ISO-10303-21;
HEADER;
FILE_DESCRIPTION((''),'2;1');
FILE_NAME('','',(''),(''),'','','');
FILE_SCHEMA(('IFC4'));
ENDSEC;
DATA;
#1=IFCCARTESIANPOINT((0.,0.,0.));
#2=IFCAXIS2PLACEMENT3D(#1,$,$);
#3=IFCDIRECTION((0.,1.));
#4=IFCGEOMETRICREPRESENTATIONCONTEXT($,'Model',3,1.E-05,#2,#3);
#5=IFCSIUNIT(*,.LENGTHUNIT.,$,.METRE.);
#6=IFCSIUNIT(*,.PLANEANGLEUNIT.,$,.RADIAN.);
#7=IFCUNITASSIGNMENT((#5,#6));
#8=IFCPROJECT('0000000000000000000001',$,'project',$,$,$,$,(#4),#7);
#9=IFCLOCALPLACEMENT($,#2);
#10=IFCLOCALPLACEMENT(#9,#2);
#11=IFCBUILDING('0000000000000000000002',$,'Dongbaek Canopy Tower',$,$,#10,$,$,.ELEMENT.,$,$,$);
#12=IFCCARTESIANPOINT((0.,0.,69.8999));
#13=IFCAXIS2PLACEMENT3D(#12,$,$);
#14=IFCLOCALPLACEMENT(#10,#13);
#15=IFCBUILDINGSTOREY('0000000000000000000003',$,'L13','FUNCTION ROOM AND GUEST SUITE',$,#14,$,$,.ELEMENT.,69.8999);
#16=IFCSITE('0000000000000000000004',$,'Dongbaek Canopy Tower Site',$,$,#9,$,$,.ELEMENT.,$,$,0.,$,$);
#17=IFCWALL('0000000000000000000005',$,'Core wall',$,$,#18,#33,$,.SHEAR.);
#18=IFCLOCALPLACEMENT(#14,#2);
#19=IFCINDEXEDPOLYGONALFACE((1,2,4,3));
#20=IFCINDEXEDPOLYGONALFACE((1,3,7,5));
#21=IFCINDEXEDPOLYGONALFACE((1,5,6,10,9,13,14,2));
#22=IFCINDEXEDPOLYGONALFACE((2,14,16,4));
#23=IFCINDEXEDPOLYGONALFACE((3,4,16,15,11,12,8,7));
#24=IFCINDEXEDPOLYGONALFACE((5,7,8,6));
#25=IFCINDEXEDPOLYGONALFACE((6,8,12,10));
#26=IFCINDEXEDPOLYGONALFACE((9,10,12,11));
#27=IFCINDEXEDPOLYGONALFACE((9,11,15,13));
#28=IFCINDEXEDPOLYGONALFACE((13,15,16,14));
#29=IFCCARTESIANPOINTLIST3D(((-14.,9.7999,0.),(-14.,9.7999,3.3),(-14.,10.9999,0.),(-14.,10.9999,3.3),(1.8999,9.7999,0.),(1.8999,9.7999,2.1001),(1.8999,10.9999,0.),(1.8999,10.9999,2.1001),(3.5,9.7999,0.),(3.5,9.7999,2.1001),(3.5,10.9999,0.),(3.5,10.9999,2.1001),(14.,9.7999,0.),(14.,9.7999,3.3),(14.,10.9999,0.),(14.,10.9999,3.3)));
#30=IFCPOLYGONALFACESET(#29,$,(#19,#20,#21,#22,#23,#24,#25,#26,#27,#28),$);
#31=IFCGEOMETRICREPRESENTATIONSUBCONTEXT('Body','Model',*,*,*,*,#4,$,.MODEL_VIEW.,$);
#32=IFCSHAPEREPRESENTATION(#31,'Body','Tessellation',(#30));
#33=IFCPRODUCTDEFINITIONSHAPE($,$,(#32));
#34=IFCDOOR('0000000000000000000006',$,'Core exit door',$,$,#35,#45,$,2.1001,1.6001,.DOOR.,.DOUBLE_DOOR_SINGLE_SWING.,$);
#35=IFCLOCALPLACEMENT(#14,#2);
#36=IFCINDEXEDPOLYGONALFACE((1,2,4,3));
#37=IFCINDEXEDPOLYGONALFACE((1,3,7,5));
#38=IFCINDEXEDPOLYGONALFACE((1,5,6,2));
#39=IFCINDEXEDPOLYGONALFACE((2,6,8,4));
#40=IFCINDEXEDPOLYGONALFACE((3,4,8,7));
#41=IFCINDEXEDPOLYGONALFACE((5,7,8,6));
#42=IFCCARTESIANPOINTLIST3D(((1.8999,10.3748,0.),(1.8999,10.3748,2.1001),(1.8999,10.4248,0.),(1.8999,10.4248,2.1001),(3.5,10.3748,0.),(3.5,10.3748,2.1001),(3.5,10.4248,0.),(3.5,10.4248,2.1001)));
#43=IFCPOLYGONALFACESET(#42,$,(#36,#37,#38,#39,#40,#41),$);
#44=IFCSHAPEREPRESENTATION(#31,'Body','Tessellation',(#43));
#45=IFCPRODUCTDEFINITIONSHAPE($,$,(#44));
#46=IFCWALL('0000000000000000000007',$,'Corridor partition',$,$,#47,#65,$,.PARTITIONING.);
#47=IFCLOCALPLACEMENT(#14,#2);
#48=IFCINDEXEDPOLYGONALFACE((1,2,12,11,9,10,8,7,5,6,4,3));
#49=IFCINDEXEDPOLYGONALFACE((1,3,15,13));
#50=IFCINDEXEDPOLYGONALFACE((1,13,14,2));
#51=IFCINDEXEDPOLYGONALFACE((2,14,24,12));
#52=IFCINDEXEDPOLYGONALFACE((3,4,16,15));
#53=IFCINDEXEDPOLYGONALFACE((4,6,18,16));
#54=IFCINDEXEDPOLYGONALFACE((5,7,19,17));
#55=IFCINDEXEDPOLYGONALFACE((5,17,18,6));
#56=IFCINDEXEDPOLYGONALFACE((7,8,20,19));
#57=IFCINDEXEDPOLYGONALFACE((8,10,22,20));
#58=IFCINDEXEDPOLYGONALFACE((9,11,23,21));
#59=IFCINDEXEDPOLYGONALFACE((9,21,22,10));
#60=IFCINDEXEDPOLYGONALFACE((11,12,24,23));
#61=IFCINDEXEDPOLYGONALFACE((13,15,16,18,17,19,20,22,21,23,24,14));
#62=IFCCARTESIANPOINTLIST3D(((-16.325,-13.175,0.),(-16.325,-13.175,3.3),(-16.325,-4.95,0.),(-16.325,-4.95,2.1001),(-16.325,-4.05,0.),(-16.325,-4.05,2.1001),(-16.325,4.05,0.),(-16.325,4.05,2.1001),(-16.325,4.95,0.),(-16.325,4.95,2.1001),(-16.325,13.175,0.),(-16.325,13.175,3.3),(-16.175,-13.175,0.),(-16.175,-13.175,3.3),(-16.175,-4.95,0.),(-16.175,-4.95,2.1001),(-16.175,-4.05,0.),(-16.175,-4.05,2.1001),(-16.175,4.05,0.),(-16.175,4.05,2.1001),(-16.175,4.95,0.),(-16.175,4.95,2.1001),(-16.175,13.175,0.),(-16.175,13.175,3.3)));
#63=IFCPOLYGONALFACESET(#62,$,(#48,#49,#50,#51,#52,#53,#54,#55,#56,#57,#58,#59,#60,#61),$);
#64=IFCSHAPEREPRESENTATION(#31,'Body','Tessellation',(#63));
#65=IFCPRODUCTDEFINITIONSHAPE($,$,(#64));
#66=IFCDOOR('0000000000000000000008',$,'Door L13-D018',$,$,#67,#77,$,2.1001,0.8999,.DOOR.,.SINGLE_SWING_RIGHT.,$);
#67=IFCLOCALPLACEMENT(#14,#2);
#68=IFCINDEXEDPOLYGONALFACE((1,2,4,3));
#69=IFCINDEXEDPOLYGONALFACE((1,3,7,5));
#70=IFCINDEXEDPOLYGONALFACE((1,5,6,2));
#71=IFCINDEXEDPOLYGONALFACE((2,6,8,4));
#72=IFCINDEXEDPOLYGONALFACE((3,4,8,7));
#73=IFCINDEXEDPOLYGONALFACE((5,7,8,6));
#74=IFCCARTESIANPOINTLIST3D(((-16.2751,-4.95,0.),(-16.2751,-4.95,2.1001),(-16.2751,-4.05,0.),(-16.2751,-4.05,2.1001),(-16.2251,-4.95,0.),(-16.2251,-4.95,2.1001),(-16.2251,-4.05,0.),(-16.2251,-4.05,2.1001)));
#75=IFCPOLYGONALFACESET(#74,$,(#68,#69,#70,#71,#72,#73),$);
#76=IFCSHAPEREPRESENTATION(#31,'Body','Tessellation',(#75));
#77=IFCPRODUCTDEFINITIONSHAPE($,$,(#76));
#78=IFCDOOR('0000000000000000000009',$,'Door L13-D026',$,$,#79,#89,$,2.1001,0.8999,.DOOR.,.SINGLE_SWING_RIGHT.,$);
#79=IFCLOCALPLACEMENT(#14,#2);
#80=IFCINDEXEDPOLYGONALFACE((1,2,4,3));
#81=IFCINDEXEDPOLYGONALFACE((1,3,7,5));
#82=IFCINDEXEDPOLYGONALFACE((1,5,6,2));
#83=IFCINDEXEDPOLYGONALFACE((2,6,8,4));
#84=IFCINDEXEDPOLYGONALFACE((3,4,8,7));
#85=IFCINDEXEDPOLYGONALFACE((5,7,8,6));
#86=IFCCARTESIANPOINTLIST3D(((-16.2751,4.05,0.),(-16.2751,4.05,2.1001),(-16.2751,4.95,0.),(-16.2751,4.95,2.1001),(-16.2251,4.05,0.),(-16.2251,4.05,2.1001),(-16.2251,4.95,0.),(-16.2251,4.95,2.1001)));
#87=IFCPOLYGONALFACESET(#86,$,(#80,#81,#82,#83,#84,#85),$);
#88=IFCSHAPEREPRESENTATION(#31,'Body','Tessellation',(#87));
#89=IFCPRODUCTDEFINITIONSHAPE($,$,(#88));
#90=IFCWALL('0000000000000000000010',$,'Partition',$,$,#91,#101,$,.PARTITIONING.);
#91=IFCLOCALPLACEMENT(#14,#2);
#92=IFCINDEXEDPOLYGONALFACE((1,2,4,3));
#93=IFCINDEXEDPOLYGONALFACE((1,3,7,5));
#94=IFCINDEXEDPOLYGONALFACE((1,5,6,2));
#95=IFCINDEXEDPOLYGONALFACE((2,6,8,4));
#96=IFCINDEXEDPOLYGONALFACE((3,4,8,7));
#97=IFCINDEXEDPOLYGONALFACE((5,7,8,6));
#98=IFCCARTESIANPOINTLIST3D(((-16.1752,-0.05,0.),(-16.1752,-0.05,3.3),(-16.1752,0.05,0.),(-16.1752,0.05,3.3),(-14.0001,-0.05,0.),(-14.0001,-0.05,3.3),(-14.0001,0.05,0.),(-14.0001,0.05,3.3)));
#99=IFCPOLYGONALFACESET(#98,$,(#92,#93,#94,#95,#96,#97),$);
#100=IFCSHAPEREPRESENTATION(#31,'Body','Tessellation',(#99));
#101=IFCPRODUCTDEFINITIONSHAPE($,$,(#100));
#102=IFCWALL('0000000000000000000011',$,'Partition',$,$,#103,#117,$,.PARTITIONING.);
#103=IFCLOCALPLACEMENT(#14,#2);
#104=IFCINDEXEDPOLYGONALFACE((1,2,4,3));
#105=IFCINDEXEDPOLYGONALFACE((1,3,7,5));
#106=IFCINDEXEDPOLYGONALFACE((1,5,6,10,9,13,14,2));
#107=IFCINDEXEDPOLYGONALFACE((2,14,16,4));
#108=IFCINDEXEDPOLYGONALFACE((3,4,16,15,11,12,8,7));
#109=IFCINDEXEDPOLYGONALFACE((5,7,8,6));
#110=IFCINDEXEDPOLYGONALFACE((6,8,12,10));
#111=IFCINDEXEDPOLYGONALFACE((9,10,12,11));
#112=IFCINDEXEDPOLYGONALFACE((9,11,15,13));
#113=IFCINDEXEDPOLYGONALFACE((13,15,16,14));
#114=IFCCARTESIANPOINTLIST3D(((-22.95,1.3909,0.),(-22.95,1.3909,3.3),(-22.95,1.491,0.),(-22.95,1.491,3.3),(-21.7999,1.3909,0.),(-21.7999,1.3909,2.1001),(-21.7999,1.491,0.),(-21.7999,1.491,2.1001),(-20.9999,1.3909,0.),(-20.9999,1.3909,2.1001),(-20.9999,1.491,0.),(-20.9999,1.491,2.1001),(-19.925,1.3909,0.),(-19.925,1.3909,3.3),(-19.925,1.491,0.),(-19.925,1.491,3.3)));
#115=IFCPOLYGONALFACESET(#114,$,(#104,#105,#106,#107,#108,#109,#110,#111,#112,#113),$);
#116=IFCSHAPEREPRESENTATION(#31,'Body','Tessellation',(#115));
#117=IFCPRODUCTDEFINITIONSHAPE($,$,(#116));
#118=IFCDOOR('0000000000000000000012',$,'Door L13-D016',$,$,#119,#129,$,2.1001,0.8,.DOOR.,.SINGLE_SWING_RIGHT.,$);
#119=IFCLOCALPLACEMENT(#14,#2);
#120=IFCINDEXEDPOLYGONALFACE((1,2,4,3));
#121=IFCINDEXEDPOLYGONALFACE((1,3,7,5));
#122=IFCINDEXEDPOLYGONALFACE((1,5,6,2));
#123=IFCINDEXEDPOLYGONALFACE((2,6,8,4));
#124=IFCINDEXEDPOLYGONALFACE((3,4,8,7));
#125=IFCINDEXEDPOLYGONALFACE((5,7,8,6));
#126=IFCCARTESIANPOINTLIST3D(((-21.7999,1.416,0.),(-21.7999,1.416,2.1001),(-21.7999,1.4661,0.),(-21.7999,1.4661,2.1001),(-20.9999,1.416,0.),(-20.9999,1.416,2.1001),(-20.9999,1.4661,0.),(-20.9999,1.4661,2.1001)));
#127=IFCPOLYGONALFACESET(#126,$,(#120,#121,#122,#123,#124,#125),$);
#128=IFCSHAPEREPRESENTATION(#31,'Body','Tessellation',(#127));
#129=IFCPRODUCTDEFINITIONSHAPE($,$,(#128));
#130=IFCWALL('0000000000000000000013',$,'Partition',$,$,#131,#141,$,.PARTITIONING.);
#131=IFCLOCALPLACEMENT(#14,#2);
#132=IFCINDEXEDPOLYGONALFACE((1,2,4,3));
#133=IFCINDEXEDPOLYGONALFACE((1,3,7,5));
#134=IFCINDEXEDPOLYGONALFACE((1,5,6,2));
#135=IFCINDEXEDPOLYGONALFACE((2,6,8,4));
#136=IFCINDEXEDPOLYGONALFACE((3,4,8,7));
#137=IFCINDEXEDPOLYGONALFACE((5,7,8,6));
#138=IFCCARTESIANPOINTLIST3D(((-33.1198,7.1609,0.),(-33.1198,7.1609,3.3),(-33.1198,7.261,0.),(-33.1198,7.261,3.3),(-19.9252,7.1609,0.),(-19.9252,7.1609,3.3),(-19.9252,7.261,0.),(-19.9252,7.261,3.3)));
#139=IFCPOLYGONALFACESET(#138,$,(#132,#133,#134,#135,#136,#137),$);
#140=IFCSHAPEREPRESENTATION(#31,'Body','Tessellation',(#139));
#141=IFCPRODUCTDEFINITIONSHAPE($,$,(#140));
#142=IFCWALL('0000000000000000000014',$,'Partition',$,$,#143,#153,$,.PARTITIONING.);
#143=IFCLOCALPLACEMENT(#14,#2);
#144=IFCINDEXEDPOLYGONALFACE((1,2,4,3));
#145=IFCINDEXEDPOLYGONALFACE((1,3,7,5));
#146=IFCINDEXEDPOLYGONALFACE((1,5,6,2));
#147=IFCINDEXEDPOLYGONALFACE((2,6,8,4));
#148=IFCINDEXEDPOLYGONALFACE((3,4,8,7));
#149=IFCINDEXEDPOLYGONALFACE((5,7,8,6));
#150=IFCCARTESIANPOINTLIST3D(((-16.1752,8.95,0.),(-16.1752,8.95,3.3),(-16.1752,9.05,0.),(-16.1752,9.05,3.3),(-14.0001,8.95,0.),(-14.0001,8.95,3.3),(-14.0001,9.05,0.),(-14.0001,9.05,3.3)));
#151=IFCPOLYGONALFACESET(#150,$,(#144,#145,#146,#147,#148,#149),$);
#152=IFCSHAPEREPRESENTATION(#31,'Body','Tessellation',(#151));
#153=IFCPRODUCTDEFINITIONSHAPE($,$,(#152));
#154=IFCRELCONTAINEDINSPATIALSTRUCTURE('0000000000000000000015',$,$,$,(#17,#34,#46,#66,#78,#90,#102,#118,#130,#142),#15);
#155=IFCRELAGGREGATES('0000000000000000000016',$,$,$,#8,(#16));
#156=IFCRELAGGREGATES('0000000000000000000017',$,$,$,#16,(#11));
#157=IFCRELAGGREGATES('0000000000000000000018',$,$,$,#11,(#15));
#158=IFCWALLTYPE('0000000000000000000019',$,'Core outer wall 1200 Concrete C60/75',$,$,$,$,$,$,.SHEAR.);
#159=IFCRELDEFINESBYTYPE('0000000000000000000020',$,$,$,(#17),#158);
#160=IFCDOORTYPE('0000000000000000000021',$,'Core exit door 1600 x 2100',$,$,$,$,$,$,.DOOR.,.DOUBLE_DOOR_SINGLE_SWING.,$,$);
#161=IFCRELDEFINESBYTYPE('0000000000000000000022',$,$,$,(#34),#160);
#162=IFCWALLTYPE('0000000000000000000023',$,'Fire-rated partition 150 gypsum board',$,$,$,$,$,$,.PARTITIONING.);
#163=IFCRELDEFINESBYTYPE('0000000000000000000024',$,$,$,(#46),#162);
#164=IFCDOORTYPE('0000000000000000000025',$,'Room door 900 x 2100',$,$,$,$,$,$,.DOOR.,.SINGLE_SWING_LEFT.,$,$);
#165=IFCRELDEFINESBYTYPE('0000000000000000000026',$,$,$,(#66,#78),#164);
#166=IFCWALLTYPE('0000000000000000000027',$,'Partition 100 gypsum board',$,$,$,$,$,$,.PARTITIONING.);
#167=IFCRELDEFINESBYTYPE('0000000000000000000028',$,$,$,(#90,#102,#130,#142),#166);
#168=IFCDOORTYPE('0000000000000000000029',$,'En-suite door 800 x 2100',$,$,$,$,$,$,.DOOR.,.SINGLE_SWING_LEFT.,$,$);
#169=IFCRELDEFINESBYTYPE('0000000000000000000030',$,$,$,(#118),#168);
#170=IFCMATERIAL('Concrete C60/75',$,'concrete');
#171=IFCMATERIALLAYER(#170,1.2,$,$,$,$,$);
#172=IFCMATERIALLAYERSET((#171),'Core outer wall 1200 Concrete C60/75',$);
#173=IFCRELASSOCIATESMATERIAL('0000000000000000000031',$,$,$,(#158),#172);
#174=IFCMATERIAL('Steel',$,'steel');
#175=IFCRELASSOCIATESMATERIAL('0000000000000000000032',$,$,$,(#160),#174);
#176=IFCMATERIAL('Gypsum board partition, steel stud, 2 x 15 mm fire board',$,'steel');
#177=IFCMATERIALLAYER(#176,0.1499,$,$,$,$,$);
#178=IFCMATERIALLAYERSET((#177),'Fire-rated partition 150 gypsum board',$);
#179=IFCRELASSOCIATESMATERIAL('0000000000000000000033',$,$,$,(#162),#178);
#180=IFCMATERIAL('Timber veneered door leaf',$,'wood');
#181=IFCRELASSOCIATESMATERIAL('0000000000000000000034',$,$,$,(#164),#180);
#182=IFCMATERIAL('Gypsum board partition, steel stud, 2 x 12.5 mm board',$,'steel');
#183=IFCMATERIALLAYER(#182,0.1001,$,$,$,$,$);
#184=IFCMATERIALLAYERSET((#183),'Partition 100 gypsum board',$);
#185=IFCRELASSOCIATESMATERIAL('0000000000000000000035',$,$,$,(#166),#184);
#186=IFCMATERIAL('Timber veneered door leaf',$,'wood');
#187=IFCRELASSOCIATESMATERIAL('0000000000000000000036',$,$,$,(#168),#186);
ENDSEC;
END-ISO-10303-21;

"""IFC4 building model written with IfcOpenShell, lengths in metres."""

from ifc_helpers import new_model, si_unit, direction, frame, frame_2d, origin, place, context, subcontext, project, spatial, rectangle, extrude, material, layer, layer_set, type_object, element, fill, save


model = new_model("IFC4")

# Units and contexts
model_context = context("Model", 3, precision=1e-05, world=origin(), true_north=direction((0.0, 1.0)))
body_context = subcontext(model_context, "Body", "Model", "MODEL_VIEW")
ifc_project = project(units=[si_unit("LENGTHUNIT", "METRE"), si_unit("PLANEANGLEUNIT", "RADIAN")], contexts=[model_context])

# Site, building, storey
site_placement = place(None, origin())
site = spatial("IfcSite", under=ifc_project, at=site_placement, Name="Dongbaek Canopy Tower Site", CompositionType="ELEMENT", RefElevation=0.0)
building_placement = place(site_placement, origin())
building = spatial("IfcBuilding", under=site, at=building_placement, Name="Dongbaek Canopy Tower", CompositionType="ELEMENT")
storey_placement = place(building_placement, frame((0.0, 0.0, 69.8999)))
storey = spatial("IfcBuildingStorey", under=building, at=storey_placement, Name="L13", Description="FUNCTION ROOM AND GUEST SUITE", CompositionType="ELEMENT", Elevation=69.8999)

# Wall, opening, door
ifc_material_1 = material(Name="Concrete C60/75", Category="concrete")
ifc_layer_1 = layer(ifc_material_1, 1.2)
ifc_layer_set_1 = layer_set([ifc_layer_1], Name="Core outer wall 1200 Concrete C60/75")
wall_type_1 = type_object("IfcWallType", Name="Core outer wall 1200 Concrete C60/75", PredefinedType="SHEAR", material=ifc_layer_set_1)
wall_1_placement = place(storey_placement, frame((-14.0, 10.3999, 0.0), z_axis=(0.0, 0.0, 1.0), x_axis=(1.0, 0.0, 0.0)))
wall_1 = element("IfcWall", 1, at=wall_1_placement, inside=storey, type_object=wall_type_1, Name="Core wall", PredefinedType="SHEAR", context=body_context, shape_type="SweptSolid", body=[
    extrude(rectangle(XDim=28.0, YDim=1.2, at=frame_2d((14.0, 0.0))), origin(), (0.0, 0.0, 1.0), 3.3),
])
opening_1_placement = place(wall_1_placement, frame((15.8999, 0.0, 0.0)))
opening_1 = element("IfcOpeningElement", 2, at=opening_1_placement, cuts=wall_1, PredefinedType="OPENING", context=body_context, shape_type="SweptSolid", body=[
    extrude(rectangle(XDim=1.6001, YDim=2.1001, at=frame_2d((0.8, 1.05))), frame((0.0, 0.6099, 0.0), z_axis=(0.0, -1.0, 0.0), x_axis=(1.0, 0.0, 0.0)), (0.0, 0.0, 1.0), 1.22),
])
ifc_material_2 = material(Name="Steel", Category="steel")
door_type_1 = type_object("IfcDoorType", Name="Core exit door 1600 x 2100", OperationType="DOUBLE_DOOR_SINGLE_SWING", PredefinedType="DOOR", material=ifc_material_2)
door_1_placement = place(opening_1_placement, origin())
door_1 = element("IfcDoor", 3, at=door_1_placement, inside=storey, type_object=door_type_1, Name="Core exit door", OperationType="DOUBLE_DOOR_SINGLE_SWING", OverallHeight=2.1001, OverallWidth=1.6001, PredefinedType="DOOR", context=body_context, shape_type="SweptSolid", body=[
    extrude(rectangle(XDim=1.6001, YDim=2.1001, at=frame_2d((0.8, 1.05))), frame((0.0, 0.0249, 0.0), z_axis=(0.0, -1.0, 0.0), x_axis=(1.0, 0.0, 0.0)), (0.0, 0.0, 1.0), 0.05),
])
fill(opening_1, door_1)

# Wall, openings, doors
ifc_material_3 = material(Name="Gypsum board partition, steel stud, 2 x 15 mm fire board", Category="steel")
ifc_layer_2 = layer(ifc_material_3, 0.1499)
ifc_layer_set_2 = layer_set([ifc_layer_2], Name="Fire-rated partition 150 gypsum board")
wall_type_2 = type_object("IfcWallType", Name="Fire-rated partition 150 gypsum board", PredefinedType="PARTITIONING", material=ifc_layer_set_2)
wall_2_placement = place(storey_placement, frame((-16.25, 13.175, 0.0), z_axis=(0.0, 0.0, 1.0), x_axis=(0.0, -1.0, 0.0)))
wall_2 = element("IfcWall", 4, at=wall_2_placement, inside=storey, type_object=wall_type_2, Name="Corridor partition", PredefinedType="PARTITIONING", context=body_context, shape_type="SweptSolid", body=[
    extrude(rectangle(XDim=26.3501, YDim=0.1499, at=frame_2d((13.175, 0.0))), origin(), (0.0, 0.0, 1.0), 3.3),
])
opening_2_placement = place(wall_2_placement, frame((17.2251, 0.0, 0.0)))
opening_2 = element("IfcOpeningElement", 5, at=opening_2_placement, cuts=wall_2, PredefinedType="OPENING", context=body_context, shape_type="SweptSolid", body=[
    extrude(rectangle(XDim=0.8999, YDim=2.1001, at=frame_2d((0.45, 1.05))), frame((0.0, 0.085, 0.0), z_axis=(0.0, -1.0, 0.0), x_axis=(1.0, 0.0, 0.0)), (0.0, 0.0, 1.0), 0.1699),
])
opening_3_placement = place(wall_2_placement, frame((8.2251, 0.0, 0.0)))
opening_3 = element("IfcOpeningElement", 6, at=opening_3_placement, cuts=wall_2, PredefinedType="OPENING", context=body_context, shape_type="SweptSolid", body=[
    extrude(rectangle(XDim=0.8999, YDim=2.1001, at=frame_2d((0.45, 1.05))), frame((0.0, 0.085, 0.0), z_axis=(0.0, -1.0, 0.0), x_axis=(1.0, 0.0, 0.0)), (0.0, 0.0, 1.0), 0.1699),
])
ifc_material_4 = material(Name="Timber veneered door leaf", Category="wood")
door_type_2 = type_object("IfcDoorType", Name="Room door 900 x 2100", OperationType="SINGLE_SWING_LEFT", PredefinedType="DOOR", material=ifc_material_4)
door_2_placement = place(opening_2_placement, origin())
door_2 = element("IfcDoor", 7, at=door_2_placement, inside=storey, type_object=door_type_2, Name="Door L13-D018", OperationType="SINGLE_SWING_RIGHT", OverallHeight=2.1001, OverallWidth=0.8999, PredefinedType="DOOR", context=body_context, shape_type="SweptSolid", body=[
    extrude(rectangle(XDim=0.8999, YDim=2.1001, at=frame_2d((0.45, 1.05))), frame((0.0, 0.0249, 0.0), z_axis=(0.0, -1.0, 0.0), x_axis=(1.0, 0.0, 0.0)), (0.0, 0.0, 1.0), 0.05),
])
fill(opening_2, door_2)
door_3_placement = place(opening_3_placement, origin())
door_3 = element("IfcDoor", 8, at=door_3_placement, inside=storey, type_object=door_type_2, Name="Door L13-D026", OperationType="SINGLE_SWING_RIGHT", OverallHeight=2.1001, OverallWidth=0.8999, PredefinedType="DOOR", context=body_context, shape_type="SweptSolid", body=[
    extrude(rectangle(XDim=0.8999, YDim=2.1001, at=frame_2d((0.45, 1.05))), frame((0.0, 0.0249, 0.0), z_axis=(0.0, -1.0, 0.0), x_axis=(1.0, 0.0, 0.0)), (0.0, 0.0, 1.0), 0.05),
])
fill(opening_3, door_3)

# Wall
ifc_material_5 = material(Name="Gypsum board partition, steel stud, 2 x 12.5 mm board", Category="steel")
ifc_layer_3 = layer(ifc_material_5, 0.1001)
ifc_layer_set_3 = layer_set([ifc_layer_3], Name="Partition 100 gypsum board")
wall_type_3 = type_object("IfcWallType", Name="Partition 100 gypsum board", PredefinedType="PARTITIONING", material=ifc_layer_set_3)
wall_3_placement = place(storey_placement, frame((-16.175, 0.0, 0.0), z_axis=(0.0, 0.0, 1.0), x_axis=(1.0, 0.0, 0.0)))
element("IfcWall", 9, at=wall_3_placement, inside=storey, type_object=wall_type_3, Name="Partition", PredefinedType="PARTITIONING", context=body_context, shape_type="SweptSolid", body=[
    extrude(rectangle(XDim=2.175, YDim=0.1001, at=frame_2d((1.0874, 0.0))), origin(), (0.0, 0.0, 1.0), 3.3),
])

# Wall, opening, door
wall_4_placement = place(storey_placement, frame((-19.925, 1.4409, 0.0), z_axis=(0.0, 0.0, 1.0), x_axis=(-1.0, 0.0, 0.0)))
wall_4 = element("IfcWall", 10, at=wall_4_placement, inside=storey, type_object=wall_type_3, Name="Partition", PredefinedType="PARTITIONING", context=body_context, shape_type="SweptSolid", body=[
    extrude(rectangle(XDim=3.0249, YDim=0.1001, at=frame_2d((1.5125, 0.0))), origin(), (0.0, 0.0, 1.0), 3.3),
])
opening_4_placement = place(wall_4_placement, frame((1.075, 0.0, 0.0)))
opening_4 = element("IfcOpeningElement", 11, at=opening_4_placement, cuts=wall_4, PredefinedType="OPENING", context=body_context, shape_type="SweptSolid", body=[
    extrude(rectangle(XDim=0.8, YDim=2.1001, at=frame_2d((0.3999, 1.05))), frame((0.0, 0.0601, 0.0), z_axis=(0.0, -1.0, 0.0), x_axis=(1.0, 0.0, 0.0)), (0.0, 0.0, 1.0), 0.1201),
])
ifc_material_6 = material(Name="Timber veneered door leaf", Category="wood")
door_type_3 = type_object("IfcDoorType", Name="En-suite door 800 x 2100", OperationType="SINGLE_SWING_LEFT", PredefinedType="DOOR", material=ifc_material_6)
door_4_placement = place(opening_4_placement, origin())
door_4 = element("IfcDoor", 12, at=door_4_placement, inside=storey, type_object=door_type_3, Name="Door L13-D016", OperationType="SINGLE_SWING_RIGHT", OverallHeight=2.1001, OverallWidth=0.8, PredefinedType="DOOR", context=body_context, shape_type="SweptSolid", body=[
    extrude(rectangle(XDim=0.8, YDim=2.1001, at=frame_2d((0.3999, 1.05))), frame((0.0, 0.0249, 0.0), z_axis=(0.0, -1.0, 0.0), x_axis=(1.0, 0.0, 0.0)), (0.0, 0.0, 1.0), 0.05),
])
fill(opening_4, door_4)

# Walls
wall_5_placement = place(storey_placement, frame((-33.1196, 7.2109, 0.0), z_axis=(0.0, 0.0, 1.0), x_axis=(1.0, 0.0, 0.0)))
element("IfcWall", 13, at=wall_5_placement, inside=storey, type_object=wall_type_3, Name="Partition", PredefinedType="PARTITIONING", context=body_context, shape_type="SweptSolid", body=[
    extrude(rectangle(XDim=13.1946, YDim=0.1001, at=frame_2d((6.5972, 0.0))), origin(), (0.0, 0.0, 1.0), 3.3),
])
wall_6_placement = place(storey_placement, frame((-16.175, 9.0, 0.0), z_axis=(0.0, 0.0, 1.0), x_axis=(1.0, 0.0, 0.0)))
element("IfcWall", 14, at=wall_6_placement, inside=storey, type_object=wall_type_3, Name="Partition", PredefinedType="PARTITIONING", context=body_context, shape_type="SweptSolid", body=[
    extrude(rectangle(XDim=2.175, YDim=0.1001, at=frame_2d((1.0874, 0.0))), origin(), (0.0, 0.0, 1.0), 3.3),
])

save(model, "model.ifc")
